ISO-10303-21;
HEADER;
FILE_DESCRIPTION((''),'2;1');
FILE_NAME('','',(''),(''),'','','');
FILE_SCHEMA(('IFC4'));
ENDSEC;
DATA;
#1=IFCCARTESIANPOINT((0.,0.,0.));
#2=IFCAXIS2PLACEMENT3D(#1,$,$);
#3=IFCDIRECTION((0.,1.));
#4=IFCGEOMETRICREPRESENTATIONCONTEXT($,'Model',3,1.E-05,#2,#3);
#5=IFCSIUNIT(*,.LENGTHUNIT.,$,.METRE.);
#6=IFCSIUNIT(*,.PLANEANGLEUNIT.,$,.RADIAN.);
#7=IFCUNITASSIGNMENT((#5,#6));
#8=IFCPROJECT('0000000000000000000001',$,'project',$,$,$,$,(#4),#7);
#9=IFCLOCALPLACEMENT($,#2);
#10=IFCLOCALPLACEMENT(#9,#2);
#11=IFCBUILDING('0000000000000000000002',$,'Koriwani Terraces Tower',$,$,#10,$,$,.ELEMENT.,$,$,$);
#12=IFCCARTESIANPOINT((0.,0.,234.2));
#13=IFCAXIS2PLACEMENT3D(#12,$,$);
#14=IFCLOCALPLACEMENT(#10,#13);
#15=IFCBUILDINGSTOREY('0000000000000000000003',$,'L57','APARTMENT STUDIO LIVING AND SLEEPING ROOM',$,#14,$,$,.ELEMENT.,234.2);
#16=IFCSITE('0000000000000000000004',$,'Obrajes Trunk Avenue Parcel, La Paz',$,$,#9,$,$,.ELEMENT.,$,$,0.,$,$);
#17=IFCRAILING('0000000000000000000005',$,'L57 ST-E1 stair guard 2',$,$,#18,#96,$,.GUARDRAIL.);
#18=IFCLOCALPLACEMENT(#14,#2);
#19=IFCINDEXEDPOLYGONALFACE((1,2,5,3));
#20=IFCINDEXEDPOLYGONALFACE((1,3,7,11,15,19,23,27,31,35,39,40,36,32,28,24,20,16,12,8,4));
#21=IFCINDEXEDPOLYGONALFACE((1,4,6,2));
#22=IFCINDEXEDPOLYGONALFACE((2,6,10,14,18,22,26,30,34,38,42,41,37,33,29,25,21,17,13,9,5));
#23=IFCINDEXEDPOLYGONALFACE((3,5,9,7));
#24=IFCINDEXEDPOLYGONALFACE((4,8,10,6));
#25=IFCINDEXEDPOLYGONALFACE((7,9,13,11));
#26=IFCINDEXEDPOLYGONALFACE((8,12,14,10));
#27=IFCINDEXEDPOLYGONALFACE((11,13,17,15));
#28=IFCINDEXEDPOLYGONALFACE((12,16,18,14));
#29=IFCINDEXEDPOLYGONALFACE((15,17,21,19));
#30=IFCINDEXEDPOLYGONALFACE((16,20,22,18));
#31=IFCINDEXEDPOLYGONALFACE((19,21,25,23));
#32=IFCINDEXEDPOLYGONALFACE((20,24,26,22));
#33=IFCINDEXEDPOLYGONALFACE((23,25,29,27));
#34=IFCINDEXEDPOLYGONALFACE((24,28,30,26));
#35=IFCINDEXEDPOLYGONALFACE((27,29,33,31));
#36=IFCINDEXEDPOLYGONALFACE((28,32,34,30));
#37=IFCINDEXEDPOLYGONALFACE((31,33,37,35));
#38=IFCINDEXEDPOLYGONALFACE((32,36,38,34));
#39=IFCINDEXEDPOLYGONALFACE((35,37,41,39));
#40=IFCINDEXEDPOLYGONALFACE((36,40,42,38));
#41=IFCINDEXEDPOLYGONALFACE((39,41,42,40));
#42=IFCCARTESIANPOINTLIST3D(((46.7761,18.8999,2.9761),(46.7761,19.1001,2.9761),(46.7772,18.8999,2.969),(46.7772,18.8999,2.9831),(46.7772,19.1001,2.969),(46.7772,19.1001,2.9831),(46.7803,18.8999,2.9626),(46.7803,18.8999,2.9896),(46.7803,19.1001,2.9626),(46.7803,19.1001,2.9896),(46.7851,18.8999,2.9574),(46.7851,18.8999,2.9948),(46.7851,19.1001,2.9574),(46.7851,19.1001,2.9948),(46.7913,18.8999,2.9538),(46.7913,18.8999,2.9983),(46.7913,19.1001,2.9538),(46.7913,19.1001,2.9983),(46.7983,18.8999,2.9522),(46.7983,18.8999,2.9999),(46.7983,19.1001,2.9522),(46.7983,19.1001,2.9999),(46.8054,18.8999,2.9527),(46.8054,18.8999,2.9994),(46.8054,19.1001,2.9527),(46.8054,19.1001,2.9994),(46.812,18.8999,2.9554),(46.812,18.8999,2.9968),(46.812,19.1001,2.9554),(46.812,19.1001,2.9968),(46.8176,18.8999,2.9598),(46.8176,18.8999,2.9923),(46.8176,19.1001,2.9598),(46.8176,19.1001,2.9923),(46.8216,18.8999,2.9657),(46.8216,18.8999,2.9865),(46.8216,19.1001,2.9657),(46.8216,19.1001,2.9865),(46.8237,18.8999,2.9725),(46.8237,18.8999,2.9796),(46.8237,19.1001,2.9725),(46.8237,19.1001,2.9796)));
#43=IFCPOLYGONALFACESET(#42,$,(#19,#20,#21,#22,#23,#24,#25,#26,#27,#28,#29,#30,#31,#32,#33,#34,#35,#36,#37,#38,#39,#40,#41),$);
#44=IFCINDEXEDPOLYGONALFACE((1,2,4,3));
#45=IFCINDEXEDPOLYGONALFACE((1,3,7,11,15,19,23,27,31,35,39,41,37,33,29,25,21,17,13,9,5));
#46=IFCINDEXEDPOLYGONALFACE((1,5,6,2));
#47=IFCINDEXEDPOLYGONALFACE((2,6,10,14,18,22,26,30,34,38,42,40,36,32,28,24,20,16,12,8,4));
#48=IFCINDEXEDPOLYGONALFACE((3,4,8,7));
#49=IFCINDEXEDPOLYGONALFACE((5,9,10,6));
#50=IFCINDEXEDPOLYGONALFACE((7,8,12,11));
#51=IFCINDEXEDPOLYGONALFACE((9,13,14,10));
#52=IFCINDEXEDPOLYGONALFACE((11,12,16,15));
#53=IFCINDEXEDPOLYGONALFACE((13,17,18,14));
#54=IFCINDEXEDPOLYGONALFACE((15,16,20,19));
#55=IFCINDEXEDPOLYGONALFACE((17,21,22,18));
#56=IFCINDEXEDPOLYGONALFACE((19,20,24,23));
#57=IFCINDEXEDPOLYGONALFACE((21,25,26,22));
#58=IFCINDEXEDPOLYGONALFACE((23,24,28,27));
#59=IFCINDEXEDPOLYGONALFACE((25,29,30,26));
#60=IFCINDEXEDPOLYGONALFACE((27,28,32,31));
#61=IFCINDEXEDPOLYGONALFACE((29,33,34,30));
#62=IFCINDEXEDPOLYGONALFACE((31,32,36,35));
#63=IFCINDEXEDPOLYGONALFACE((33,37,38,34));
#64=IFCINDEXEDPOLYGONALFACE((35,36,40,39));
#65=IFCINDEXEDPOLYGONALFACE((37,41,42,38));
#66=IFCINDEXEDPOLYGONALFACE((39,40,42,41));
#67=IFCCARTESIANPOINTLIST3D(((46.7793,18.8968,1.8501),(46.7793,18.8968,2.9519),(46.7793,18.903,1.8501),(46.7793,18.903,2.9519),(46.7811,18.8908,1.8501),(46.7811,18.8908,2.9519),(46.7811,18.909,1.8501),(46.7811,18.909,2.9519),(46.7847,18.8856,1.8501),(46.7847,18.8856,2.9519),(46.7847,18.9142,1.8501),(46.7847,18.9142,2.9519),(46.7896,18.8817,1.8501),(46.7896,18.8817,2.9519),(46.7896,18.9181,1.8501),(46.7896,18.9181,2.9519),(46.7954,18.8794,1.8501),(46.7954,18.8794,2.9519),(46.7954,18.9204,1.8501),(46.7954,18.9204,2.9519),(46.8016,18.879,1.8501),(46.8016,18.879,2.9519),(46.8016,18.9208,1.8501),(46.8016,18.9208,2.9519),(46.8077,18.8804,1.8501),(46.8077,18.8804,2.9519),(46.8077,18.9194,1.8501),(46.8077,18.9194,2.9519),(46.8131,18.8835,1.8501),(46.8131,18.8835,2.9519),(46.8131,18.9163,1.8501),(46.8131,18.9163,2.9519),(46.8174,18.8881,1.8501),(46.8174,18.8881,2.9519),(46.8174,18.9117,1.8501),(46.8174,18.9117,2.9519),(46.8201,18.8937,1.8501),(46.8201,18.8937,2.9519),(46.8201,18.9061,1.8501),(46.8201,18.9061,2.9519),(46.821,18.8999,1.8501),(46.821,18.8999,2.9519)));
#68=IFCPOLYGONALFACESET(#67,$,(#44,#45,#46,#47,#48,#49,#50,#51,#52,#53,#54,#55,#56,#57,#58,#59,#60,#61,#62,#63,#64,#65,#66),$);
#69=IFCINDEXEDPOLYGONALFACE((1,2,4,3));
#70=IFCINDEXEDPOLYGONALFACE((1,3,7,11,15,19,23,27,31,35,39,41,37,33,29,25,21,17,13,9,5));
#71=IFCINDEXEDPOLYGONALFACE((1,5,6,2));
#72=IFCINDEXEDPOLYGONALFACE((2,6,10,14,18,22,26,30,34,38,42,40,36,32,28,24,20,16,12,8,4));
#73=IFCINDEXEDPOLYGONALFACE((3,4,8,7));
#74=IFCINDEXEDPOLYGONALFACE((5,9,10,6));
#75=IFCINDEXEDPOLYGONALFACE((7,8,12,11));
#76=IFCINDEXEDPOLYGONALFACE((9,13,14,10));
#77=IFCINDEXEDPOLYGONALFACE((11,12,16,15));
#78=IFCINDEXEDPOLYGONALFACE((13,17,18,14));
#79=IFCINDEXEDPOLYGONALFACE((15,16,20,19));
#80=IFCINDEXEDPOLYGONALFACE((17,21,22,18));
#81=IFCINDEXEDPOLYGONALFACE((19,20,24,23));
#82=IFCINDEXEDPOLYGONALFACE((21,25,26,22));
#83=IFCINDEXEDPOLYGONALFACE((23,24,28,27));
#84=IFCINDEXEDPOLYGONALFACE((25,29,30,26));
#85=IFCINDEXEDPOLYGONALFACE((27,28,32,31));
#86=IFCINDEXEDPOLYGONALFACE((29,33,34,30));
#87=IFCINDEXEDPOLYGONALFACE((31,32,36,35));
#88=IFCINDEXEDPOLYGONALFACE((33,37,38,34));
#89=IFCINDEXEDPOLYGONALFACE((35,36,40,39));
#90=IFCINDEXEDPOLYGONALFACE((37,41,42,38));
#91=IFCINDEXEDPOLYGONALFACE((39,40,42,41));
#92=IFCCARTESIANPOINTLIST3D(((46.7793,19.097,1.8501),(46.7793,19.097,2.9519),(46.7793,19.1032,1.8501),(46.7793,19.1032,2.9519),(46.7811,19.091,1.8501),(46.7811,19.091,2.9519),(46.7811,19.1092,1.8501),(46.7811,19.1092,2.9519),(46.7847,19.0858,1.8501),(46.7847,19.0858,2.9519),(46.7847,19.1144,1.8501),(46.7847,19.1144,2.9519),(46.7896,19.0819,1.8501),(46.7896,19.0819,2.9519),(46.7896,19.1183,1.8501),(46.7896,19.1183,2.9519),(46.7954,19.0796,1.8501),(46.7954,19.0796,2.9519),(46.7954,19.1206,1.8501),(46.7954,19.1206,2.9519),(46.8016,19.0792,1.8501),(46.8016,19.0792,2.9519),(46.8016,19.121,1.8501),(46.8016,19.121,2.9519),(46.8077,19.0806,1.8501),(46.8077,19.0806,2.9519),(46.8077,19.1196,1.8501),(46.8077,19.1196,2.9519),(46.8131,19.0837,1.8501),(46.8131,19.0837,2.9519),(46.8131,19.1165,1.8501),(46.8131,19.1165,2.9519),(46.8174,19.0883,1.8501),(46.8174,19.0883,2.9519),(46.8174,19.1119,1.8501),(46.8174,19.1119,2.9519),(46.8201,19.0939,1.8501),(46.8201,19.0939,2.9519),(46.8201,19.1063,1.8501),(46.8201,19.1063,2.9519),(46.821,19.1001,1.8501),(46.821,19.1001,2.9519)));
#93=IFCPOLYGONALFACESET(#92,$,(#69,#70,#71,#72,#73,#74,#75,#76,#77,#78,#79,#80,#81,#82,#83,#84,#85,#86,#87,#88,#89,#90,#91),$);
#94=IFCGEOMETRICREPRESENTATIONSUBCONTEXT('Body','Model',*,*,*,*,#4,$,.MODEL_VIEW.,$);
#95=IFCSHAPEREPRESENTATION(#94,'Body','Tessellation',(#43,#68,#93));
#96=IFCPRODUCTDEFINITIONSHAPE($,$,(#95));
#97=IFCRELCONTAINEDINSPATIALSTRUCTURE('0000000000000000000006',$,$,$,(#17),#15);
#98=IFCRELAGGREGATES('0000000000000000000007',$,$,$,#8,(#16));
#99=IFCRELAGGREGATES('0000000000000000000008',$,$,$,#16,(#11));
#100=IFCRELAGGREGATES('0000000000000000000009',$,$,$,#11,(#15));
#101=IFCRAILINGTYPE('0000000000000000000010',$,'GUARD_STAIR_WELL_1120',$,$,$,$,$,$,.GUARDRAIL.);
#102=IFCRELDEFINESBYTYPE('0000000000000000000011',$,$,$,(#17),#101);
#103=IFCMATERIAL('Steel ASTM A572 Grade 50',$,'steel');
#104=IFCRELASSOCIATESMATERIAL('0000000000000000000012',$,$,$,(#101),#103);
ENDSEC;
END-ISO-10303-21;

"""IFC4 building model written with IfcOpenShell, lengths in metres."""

from ifc_helpers import new_model, si_unit, direction, frame, origin, origin_2d, place, context, subcontext, project, spatial, circle, extrude, material, type_object, element, save


model = new_model("IFC4")

# Units and contexts
model_context = context("Model", 3, precision=1e-05, world=origin(), true_north=direction((0.0, 1.0)))
body_context = subcontext(model_context, "Body", "Model", "MODEL_VIEW")
ifc_project = project(units=[si_unit("LENGTHUNIT", "METRE"), si_unit("PLANEANGLEUNIT", "RADIAN")], contexts=[model_context])

# Site, building, storey
site_placement = place(None, origin())
site = spatial("IfcSite", under=ifc_project, at=site_placement, Name="Obrajes Trunk Avenue Parcel, La Paz", CompositionType="ELEMENT", RefElevation=0.0)
building_placement = place(site_placement, origin())
building = spatial("IfcBuilding", under=site, at=building_placement, Name="Koriwani Terraces Tower", CompositionType="ELEMENT")
storey_placement = place(building_placement, frame((0.0, 0.0, 234.2)))
storey = spatial("IfcBuildingStorey", under=building, at=storey_placement, Name="L57", Description="APARTMENT STUDIO LIVING AND SLEEPING ROOM", CompositionType="ELEMENT", Elevation=234.2)

# Shared definitions
ifc_material_1 = material(Name="Steel ASTM A572 Grade 50", Category="steel")

# Railing
railing_type_1 = type_object("IfcRailingType", Name="GUARD_STAIR_WELL_1120", PredefinedType="GUARDRAIL", material=ifc_material_1)
railing_1_placement = place(storey_placement, frame((46.8, 18.8999, 1.8501)))
element("IfcRailing", 1, at=railing_1_placement, inside=storey, type_object=railing_type_1, Name="L57 ST-E1 stair guard 2", PredefinedType="GUARDRAIL", context=body_context, shape_type="SweptSolid", body=[
    extrude(circle(Radius=0.0239, at=origin_2d()), frame((0.0, 0.0, 1.126), z_axis=(0.0, 1.0, 0.0), x_axis=(-1.0, 0.0, 0.0)), (0.0, 0.0, 1.0), 0.2002),
    extrude(circle(Radius=0.021, at=origin_2d()), origin(), (0.0, 0.0, 1.0), 1.1018),
    extrude(circle(Radius=0.021, at=origin_2d()), frame((0.0, 0.2002, 0.0)), (0.0, 0.0, 1.0), 1.1018),
])

save(model, "model.ifc")
